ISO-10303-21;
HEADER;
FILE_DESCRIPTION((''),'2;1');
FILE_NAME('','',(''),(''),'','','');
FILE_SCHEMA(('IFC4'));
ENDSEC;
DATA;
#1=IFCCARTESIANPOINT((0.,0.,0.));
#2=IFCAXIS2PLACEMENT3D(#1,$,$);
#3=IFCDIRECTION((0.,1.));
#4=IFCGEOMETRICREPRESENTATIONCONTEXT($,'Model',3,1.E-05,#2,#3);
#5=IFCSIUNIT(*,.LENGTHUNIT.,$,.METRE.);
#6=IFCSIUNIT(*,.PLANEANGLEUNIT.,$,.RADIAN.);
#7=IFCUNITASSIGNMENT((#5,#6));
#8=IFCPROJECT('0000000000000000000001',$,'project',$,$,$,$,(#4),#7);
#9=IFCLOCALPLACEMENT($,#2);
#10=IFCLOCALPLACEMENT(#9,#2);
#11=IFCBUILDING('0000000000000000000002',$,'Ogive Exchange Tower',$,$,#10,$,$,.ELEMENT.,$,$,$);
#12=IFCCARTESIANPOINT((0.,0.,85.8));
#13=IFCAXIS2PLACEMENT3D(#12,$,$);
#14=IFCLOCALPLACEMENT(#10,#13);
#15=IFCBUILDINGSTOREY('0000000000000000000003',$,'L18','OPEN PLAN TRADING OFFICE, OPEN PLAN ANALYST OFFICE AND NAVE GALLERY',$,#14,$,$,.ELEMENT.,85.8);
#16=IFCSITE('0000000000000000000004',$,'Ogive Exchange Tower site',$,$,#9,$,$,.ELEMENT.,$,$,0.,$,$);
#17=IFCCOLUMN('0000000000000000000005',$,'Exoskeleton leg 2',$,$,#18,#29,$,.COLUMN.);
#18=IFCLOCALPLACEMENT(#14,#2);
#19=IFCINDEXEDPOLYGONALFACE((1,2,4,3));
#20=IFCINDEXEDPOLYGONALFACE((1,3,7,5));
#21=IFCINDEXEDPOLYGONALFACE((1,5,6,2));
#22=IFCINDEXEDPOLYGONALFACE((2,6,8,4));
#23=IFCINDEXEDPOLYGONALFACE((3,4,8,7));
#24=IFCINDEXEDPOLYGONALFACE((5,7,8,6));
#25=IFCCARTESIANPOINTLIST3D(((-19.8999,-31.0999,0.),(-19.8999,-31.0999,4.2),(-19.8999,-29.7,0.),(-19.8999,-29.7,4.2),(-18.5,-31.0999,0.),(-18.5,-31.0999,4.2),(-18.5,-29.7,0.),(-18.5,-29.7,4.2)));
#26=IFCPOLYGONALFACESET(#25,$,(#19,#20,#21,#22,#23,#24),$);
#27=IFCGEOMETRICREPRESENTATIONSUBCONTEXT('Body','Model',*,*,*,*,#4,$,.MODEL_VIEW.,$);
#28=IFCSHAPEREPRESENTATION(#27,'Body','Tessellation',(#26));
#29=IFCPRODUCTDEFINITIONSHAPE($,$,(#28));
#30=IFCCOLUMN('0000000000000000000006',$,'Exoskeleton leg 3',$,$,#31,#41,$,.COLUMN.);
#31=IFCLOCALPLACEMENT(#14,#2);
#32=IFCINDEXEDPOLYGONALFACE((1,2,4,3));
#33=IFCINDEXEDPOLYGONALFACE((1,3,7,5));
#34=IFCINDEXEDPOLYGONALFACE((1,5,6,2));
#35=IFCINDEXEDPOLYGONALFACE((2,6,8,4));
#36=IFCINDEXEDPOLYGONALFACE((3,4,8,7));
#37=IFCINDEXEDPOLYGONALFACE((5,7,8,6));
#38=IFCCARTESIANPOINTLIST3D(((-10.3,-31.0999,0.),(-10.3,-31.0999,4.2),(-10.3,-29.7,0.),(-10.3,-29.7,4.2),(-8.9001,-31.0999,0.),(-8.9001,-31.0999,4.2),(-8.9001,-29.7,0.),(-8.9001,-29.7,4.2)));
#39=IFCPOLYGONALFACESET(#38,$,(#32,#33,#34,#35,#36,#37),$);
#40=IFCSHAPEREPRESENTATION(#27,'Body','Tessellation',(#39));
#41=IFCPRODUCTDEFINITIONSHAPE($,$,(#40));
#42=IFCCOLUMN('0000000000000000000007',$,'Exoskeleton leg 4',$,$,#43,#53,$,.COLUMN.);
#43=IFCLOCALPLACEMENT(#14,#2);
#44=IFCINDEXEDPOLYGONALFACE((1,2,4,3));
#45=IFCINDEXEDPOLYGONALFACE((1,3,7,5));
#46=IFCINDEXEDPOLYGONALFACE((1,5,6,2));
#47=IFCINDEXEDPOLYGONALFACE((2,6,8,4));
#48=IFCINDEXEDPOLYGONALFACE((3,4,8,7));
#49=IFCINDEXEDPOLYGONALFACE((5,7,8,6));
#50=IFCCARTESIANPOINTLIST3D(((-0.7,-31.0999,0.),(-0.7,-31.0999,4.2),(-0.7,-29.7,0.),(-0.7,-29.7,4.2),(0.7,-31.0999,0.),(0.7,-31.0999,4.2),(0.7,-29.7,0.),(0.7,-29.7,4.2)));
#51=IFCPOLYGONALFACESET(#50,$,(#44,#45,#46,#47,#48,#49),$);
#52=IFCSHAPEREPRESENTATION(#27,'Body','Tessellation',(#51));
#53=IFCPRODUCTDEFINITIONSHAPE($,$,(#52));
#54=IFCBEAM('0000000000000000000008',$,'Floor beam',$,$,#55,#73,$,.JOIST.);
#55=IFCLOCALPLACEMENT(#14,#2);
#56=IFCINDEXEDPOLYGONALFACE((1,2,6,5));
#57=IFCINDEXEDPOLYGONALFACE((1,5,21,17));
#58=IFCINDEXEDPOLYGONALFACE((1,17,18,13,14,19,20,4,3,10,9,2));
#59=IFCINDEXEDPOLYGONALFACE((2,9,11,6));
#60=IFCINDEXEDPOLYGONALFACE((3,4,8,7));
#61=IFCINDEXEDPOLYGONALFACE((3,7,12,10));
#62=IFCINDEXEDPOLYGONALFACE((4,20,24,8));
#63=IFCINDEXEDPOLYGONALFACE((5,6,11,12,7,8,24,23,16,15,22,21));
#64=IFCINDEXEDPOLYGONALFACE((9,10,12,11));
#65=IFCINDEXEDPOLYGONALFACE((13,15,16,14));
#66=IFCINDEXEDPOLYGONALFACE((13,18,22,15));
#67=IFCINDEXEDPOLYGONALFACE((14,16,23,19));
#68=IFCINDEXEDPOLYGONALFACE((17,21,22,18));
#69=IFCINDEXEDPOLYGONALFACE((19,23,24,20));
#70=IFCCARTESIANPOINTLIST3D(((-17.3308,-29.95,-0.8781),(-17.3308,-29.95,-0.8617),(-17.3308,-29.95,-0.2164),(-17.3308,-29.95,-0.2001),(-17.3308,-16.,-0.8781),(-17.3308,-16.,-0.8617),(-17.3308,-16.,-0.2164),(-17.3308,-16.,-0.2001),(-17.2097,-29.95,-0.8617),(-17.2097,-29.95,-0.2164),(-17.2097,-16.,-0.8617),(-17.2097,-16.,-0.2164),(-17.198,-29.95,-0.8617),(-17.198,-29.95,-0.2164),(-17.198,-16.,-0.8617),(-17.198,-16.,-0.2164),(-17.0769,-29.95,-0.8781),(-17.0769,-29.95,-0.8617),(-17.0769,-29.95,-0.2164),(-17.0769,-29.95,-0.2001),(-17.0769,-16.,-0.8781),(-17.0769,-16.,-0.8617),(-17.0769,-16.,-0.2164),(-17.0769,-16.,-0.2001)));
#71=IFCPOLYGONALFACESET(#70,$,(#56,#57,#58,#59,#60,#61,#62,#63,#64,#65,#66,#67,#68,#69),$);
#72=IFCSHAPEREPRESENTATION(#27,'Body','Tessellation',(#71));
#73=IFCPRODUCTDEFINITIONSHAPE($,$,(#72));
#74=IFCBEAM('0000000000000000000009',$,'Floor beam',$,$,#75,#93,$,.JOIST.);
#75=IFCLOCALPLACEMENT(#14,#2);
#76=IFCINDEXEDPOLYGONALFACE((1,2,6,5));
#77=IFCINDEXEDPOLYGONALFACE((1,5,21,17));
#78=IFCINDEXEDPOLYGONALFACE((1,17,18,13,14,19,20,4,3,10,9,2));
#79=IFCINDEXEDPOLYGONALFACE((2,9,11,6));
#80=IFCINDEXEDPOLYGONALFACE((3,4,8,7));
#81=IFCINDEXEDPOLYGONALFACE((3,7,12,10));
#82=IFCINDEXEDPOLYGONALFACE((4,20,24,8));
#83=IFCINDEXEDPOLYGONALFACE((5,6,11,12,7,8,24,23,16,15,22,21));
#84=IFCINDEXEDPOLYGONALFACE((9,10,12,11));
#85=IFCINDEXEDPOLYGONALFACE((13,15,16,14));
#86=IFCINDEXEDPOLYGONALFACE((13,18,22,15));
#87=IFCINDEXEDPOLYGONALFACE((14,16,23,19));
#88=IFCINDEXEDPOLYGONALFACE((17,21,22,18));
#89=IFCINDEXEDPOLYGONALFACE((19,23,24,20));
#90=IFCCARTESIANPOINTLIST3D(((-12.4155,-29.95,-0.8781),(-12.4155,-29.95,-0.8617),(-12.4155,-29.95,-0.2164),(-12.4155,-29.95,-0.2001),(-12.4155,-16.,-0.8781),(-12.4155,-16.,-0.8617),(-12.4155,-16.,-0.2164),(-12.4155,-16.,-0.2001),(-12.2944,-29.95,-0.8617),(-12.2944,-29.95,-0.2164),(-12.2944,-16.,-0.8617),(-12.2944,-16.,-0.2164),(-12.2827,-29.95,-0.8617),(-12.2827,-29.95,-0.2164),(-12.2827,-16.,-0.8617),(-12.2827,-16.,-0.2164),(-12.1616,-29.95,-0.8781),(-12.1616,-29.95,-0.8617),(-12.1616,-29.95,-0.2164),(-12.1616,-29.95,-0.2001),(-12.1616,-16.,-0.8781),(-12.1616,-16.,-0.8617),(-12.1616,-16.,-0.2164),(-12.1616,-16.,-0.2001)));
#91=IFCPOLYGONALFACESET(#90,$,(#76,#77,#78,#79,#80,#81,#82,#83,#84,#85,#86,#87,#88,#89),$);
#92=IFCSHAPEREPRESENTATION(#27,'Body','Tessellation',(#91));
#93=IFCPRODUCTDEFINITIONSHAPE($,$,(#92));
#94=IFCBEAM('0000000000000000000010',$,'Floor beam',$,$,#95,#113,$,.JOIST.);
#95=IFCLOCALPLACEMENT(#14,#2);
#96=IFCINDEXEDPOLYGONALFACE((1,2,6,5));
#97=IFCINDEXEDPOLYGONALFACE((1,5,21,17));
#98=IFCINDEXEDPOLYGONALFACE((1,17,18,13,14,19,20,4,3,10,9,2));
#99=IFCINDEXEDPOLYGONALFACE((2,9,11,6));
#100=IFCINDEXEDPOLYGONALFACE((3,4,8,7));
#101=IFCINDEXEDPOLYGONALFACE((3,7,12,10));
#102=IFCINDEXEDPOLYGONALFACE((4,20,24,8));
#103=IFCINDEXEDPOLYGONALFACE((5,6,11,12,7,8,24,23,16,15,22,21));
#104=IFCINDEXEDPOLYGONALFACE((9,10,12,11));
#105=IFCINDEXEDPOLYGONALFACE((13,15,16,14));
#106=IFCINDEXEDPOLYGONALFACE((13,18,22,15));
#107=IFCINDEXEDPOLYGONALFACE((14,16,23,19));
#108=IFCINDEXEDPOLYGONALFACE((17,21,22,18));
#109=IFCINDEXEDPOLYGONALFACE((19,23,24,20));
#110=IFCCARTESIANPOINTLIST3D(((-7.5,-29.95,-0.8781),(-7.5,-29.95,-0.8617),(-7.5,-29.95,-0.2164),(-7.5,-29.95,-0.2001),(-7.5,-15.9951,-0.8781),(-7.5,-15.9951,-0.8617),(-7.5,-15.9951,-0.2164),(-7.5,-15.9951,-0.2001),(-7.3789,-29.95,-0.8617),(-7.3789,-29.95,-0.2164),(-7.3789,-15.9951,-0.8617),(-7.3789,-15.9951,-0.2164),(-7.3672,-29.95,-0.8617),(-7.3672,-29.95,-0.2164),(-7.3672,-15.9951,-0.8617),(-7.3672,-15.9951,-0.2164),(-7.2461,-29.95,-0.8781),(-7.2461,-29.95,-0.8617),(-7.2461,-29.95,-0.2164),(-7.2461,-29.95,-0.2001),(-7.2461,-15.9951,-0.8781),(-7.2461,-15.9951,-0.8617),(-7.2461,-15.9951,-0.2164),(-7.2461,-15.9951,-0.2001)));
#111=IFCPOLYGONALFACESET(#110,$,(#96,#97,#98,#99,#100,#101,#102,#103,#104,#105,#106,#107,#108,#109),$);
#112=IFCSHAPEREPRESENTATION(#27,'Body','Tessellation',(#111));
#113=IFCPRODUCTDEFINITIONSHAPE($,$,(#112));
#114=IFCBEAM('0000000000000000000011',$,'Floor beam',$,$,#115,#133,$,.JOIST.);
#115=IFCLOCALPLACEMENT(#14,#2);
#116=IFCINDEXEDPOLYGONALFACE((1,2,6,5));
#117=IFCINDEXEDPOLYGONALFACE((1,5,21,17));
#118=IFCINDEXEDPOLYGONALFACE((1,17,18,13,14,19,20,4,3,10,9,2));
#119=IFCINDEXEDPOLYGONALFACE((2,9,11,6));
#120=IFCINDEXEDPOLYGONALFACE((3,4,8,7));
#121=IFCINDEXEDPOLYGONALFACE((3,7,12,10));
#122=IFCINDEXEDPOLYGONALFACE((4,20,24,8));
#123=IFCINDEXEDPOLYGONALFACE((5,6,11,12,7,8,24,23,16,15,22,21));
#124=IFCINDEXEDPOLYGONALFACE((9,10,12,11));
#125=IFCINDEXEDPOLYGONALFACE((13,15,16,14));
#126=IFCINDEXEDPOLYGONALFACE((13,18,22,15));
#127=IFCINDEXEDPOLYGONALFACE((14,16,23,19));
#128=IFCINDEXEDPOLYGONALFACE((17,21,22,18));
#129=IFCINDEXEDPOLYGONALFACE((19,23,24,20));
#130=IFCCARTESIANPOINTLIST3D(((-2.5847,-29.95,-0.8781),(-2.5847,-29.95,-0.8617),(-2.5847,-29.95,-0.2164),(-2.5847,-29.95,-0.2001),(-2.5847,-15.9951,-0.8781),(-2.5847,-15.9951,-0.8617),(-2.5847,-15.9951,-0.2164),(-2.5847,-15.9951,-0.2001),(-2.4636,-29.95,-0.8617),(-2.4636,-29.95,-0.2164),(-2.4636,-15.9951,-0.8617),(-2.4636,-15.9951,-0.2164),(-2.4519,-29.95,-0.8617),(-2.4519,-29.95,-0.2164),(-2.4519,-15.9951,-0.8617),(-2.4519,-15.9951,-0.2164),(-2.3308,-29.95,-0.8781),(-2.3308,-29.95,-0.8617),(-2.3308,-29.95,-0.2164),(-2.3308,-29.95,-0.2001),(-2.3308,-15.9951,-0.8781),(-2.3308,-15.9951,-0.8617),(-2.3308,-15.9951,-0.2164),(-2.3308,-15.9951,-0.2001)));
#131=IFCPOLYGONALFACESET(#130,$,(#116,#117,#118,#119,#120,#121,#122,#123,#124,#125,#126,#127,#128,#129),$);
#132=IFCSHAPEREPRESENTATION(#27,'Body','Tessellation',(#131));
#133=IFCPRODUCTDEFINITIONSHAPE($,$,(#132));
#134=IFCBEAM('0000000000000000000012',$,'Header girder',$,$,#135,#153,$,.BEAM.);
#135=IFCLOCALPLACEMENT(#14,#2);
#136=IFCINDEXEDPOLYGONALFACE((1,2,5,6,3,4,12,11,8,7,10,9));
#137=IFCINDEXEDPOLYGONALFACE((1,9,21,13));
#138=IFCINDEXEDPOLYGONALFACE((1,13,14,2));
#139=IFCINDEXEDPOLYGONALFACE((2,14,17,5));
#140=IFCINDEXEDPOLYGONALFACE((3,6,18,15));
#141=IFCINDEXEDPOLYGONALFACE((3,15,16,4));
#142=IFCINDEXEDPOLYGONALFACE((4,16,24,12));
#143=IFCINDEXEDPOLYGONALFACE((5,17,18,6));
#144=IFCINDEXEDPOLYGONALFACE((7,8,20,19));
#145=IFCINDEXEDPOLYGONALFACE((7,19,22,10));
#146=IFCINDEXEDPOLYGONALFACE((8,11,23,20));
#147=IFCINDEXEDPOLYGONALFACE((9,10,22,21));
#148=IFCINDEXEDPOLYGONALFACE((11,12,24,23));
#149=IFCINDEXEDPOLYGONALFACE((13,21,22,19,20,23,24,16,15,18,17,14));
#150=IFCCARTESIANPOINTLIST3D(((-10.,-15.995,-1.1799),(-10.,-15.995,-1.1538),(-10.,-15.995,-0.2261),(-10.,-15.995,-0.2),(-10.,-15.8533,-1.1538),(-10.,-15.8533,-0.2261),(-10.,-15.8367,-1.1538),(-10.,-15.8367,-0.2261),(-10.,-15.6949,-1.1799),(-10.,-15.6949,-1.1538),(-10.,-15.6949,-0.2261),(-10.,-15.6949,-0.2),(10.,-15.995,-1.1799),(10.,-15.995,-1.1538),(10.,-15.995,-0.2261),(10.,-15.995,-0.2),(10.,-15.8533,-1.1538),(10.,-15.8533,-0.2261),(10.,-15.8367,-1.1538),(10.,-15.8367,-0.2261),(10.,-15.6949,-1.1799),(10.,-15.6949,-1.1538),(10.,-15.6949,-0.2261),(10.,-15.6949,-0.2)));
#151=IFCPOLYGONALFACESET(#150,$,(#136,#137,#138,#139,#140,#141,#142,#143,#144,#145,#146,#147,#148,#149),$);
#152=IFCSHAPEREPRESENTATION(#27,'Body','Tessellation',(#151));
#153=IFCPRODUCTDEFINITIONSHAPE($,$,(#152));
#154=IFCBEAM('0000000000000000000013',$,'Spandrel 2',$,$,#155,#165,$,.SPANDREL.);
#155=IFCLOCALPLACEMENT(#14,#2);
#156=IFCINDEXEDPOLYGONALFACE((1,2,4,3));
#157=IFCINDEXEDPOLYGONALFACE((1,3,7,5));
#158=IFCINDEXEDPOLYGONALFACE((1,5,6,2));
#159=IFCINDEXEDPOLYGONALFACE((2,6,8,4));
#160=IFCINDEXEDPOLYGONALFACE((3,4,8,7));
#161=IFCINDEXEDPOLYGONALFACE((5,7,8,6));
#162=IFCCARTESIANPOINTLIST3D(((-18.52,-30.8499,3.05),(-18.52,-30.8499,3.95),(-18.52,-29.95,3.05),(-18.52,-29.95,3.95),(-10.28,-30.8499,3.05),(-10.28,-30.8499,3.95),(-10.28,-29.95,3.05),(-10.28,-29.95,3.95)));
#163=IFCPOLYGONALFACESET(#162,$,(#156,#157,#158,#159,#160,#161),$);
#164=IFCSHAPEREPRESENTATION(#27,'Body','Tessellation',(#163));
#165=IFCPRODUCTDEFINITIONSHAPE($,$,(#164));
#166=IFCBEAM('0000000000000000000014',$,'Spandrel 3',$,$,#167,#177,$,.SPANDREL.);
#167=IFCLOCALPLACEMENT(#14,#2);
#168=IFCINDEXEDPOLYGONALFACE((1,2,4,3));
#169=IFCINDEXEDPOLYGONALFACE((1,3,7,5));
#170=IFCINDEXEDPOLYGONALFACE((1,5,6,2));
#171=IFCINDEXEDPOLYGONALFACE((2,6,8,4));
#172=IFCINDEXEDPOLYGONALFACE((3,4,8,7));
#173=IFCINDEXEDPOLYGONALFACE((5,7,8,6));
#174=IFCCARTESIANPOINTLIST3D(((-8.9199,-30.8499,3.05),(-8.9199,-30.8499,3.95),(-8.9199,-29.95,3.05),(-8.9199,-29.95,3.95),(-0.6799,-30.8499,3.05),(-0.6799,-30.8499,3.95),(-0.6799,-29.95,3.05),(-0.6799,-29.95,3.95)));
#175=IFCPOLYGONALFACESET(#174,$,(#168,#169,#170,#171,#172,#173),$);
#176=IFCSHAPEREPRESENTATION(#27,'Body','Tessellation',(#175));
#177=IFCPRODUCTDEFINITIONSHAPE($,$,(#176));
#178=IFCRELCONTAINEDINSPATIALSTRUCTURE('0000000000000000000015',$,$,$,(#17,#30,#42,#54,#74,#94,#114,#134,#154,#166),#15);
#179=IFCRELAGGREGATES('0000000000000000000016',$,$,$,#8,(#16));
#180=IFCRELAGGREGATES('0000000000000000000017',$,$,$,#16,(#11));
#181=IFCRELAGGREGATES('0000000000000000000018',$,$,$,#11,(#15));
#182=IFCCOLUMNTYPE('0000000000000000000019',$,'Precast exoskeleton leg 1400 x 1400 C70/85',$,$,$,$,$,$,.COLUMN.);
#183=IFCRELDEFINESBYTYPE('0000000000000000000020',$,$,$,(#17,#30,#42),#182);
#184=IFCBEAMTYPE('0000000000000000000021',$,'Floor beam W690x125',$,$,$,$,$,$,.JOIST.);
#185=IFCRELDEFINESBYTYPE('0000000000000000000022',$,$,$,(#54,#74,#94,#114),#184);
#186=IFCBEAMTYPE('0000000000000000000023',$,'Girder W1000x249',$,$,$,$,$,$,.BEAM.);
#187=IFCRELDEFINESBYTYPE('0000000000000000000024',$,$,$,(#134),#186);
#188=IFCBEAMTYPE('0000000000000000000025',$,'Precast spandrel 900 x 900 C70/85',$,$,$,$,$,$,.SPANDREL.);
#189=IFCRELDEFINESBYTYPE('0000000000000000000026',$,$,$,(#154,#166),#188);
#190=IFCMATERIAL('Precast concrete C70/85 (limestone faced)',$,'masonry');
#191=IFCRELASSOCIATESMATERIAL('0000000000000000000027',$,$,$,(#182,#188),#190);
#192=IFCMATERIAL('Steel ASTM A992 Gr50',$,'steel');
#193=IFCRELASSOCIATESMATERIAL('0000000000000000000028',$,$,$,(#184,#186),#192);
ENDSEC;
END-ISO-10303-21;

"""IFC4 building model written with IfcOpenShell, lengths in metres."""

from ifc_helpers import new_model, si_unit, direction, frame, origin, origin_2d, place, context, subcontext, project, spatial, rectangle, i_section, extrude, material, material_profile, profile_set, type_object, element, save


model = new_model("IFC4")

# Units and contexts
model_context = context("Model", 3, precision=1e-05, world=origin(), true_north=direction((0.0, 1.0)))
body_context = subcontext(model_context, "Body", "Model", "MODEL_VIEW")
ifc_project = project(units=[si_unit("LENGTHUNIT", "METRE"), si_unit("PLANEANGLEUNIT", "RADIAN")], contexts=[model_context])

# Site, building, storey
site_placement = place(None, origin())
site = spatial("IfcSite", under=ifc_project, at=site_placement, Name="Ogive Exchange Tower site", CompositionType="ELEMENT", RefElevation=0.0)
building_placement = place(site_placement, origin())
building = spatial("IfcBuilding", under=site, at=building_placement, Name="Ogive Exchange Tower", CompositionType="ELEMENT")
storey_placement = place(building_placement, frame((0.0, 0.0, 85.8)))
storey = spatial("IfcBuildingStorey", under=building, at=storey_placement, Name="L18", Description="OPEN PLAN TRADING OFFICE, OPEN PLAN ANALYST OFFICE AND NAVE GALLERY", CompositionType="ELEMENT", Elevation=85.8)

# Columns
ifc_material_1 = material(Name="Precast concrete C70/85 (limestone faced)", Category="masonry")
ifc_material_profile_1 = material_profile(ifc_material_1, rectangle(XDim=1.3999, YDim=1.3999, at=origin_2d()), Name="1400 x 1400")
ifc_profile_set_1 = profile_set([ifc_material_profile_1], Name="Precast concrete C70/85 (limestone faced)")
column_type = type_object("IfcColumnType", Name="Precast exoskeleton leg 1400 x 1400 C70/85", PredefinedType="COLUMN", material=ifc_profile_set_1)
for number, where, z_axis, x_axis, name in (
    (1, (-19.2, -30.3999, 0.0), (0.0, 0.0, 1.0), (1.0, 0.0, 0.0), "Exoskeleton leg 2"),
    (2, (-9.6001, -30.3999, 0.0), (0.0, 0.0, 1.0), (1.0, 0.0, 0.0), "Exoskeleton leg 3"),
    (3, (0.0, -30.3999, 0.0), (0.0, 0.0, 1.0), (1.0, 0.0, 0.0), "Exoskeleton leg 4"),
):
    element("IfcColumn", number, at=place(storey_placement, frame(where, z_axis=z_axis, x_axis=x_axis)), inside=storey, type_object=column_type, Name=name, PredefinedType="COLUMN", context=body_context, shape_type="SweptSolid", body=[
        extrude(rectangle(XDim=1.3999, YDim=1.3999, at=origin_2d()), origin(), (0.0, 0.0, 1.0), 4.2),
    ])

# Beams
ifc_material_2 = material(Name="Steel ASTM A992 Gr50", Category="steel")
ifc_material_profile_2 = material_profile(ifc_material_2, i_section(OverallWidth=0.2539, OverallDepth=0.678, WebThickness=0.0117, FlangeThickness=0.0164, at=origin_2d()), Name="W690x125")
ifc_profile_set_2 = profile_set([ifc_material_profile_2], Name="Steel ASTM A992 Gr50")
beam_type_1 = type_object("IfcBeamType", Name="Floor beam W690x125", PredefinedType="JOIST", material=ifc_profile_set_2)
for number, where, z_axis, x_axis, name in (
    (4, (-17.2039, -29.95, -0.5391), (0.0, 1.0, 0.0), (-1.0, 0.0, 0.0), "Floor beam"),
    (5, (-12.2886, -29.95, -0.5391), (0.0, 1.0, 0.0), (-1.0, 0.0, 0.0), "Floor beam"),
):
    element("IfcBeam", number, at=place(storey_placement, frame(where, z_axis=z_axis, x_axis=x_axis)), inside=storey, type_object=beam_type_1, Name=name, PredefinedType="JOIST", context=body_context, shape_type="SweptSolid", body=[
        extrude(i_section(OverallWidth=0.2539, OverallDepth=0.678, WebThickness=0.0117, FlangeThickness=0.0164, at=origin_2d()), origin(), (0.0, 0.0, 1.0), 13.95),
    ])
for number, where, z_axis, x_axis, name in (
    (6, (-7.373, -29.95, -0.5391), (0.0, 1.0, 0.0), (-1.0, 0.0, 0.0), "Floor beam"),
    (7, (-2.4578, -29.95, -0.5391), (0.0, 1.0, 0.0), (-1.0, 0.0, 0.0), "Floor beam"),
):
    element("IfcBeam", number, at=place(storey_placement, frame(where, z_axis=z_axis, x_axis=x_axis)), inside=storey, type_object=beam_type_1, Name=name, PredefinedType="JOIST", context=body_context, shape_type="SweptSolid", body=[
        extrude(i_section(OverallWidth=0.2539, OverallDepth=0.678, WebThickness=0.0117, FlangeThickness=0.0164, at=origin_2d()), origin(), (0.0, 0.0, 1.0), 13.9548),
    ])
ifc_material_profile_3 = material_profile(ifc_material_2, i_section(OverallWidth=0.3, OverallDepth=0.98, WebThickness=0.0166, FlangeThickness=0.0261, at=origin_2d()), Name="W1000x249")
ifc_profile_set_3 = profile_set([ifc_material_profile_3], Name="Steel ASTM A992 Gr50")
beam_type_2 = type_object("IfcBeamType", Name="Girder W1000x249", PredefinedType="BEAM", material=ifc_profile_set_3)
beam_placement = place(storey_placement, frame((-10.0, -15.845, -0.6899), z_axis=(1.0, 0.0, 0.0), x_axis=(0.0, 1.0, 0.0)))
element("IfcBeam", 8, at=beam_placement, inside=storey, type_object=beam_type_2, Name="Header girder", PredefinedType="BEAM", context=body_context, shape_type="SweptSolid", body=[
    extrude(i_section(OverallWidth=0.3, OverallDepth=0.98, WebThickness=0.0166, FlangeThickness=0.0261, at=origin_2d()), origin(), (0.0, 0.0, 1.0), 20.0),
])
ifc_material_profile_4 = material_profile(ifc_material_1, rectangle(XDim=0.8999, YDim=0.8999, at=origin_2d()), Name="900 x 900")
ifc_profile_set_4 = profile_set([ifc_material_profile_4], Name="Precast concrete C70/85 (limestone faced)")
beam_type_3 = type_object("IfcBeamType", Name="Precast spandrel 900 x 900 C70/85", PredefinedType="SPANDREL", material=ifc_profile_set_4)
for number, where, z_axis, x_axis, name in (
    (9, (-18.52, -30.3999, 3.5), (1.0, 0.0, 0.0), (0.0, 1.0, 0.0), "Spandrel 2"),
    (10, (-8.9199, -30.3999, 3.5), (1.0, 0.0, 0.0), (0.0, 1.0, 0.0), "Spandrel 3"),
):
    element("IfcBeam", number, at=place(storey_placement, frame(where, z_axis=z_axis, x_axis=x_axis)), inside=storey, type_object=beam_type_3, Name=name, PredefinedType="SPANDREL", context=body_context, shape_type="SweptSolid", body=[
        extrude(rectangle(XDim=0.8999, YDim=0.8999, at=origin_2d()), origin(), (0.0, 0.0, 1.0), 8.24),
    ])

save(model, "model.ifc")
